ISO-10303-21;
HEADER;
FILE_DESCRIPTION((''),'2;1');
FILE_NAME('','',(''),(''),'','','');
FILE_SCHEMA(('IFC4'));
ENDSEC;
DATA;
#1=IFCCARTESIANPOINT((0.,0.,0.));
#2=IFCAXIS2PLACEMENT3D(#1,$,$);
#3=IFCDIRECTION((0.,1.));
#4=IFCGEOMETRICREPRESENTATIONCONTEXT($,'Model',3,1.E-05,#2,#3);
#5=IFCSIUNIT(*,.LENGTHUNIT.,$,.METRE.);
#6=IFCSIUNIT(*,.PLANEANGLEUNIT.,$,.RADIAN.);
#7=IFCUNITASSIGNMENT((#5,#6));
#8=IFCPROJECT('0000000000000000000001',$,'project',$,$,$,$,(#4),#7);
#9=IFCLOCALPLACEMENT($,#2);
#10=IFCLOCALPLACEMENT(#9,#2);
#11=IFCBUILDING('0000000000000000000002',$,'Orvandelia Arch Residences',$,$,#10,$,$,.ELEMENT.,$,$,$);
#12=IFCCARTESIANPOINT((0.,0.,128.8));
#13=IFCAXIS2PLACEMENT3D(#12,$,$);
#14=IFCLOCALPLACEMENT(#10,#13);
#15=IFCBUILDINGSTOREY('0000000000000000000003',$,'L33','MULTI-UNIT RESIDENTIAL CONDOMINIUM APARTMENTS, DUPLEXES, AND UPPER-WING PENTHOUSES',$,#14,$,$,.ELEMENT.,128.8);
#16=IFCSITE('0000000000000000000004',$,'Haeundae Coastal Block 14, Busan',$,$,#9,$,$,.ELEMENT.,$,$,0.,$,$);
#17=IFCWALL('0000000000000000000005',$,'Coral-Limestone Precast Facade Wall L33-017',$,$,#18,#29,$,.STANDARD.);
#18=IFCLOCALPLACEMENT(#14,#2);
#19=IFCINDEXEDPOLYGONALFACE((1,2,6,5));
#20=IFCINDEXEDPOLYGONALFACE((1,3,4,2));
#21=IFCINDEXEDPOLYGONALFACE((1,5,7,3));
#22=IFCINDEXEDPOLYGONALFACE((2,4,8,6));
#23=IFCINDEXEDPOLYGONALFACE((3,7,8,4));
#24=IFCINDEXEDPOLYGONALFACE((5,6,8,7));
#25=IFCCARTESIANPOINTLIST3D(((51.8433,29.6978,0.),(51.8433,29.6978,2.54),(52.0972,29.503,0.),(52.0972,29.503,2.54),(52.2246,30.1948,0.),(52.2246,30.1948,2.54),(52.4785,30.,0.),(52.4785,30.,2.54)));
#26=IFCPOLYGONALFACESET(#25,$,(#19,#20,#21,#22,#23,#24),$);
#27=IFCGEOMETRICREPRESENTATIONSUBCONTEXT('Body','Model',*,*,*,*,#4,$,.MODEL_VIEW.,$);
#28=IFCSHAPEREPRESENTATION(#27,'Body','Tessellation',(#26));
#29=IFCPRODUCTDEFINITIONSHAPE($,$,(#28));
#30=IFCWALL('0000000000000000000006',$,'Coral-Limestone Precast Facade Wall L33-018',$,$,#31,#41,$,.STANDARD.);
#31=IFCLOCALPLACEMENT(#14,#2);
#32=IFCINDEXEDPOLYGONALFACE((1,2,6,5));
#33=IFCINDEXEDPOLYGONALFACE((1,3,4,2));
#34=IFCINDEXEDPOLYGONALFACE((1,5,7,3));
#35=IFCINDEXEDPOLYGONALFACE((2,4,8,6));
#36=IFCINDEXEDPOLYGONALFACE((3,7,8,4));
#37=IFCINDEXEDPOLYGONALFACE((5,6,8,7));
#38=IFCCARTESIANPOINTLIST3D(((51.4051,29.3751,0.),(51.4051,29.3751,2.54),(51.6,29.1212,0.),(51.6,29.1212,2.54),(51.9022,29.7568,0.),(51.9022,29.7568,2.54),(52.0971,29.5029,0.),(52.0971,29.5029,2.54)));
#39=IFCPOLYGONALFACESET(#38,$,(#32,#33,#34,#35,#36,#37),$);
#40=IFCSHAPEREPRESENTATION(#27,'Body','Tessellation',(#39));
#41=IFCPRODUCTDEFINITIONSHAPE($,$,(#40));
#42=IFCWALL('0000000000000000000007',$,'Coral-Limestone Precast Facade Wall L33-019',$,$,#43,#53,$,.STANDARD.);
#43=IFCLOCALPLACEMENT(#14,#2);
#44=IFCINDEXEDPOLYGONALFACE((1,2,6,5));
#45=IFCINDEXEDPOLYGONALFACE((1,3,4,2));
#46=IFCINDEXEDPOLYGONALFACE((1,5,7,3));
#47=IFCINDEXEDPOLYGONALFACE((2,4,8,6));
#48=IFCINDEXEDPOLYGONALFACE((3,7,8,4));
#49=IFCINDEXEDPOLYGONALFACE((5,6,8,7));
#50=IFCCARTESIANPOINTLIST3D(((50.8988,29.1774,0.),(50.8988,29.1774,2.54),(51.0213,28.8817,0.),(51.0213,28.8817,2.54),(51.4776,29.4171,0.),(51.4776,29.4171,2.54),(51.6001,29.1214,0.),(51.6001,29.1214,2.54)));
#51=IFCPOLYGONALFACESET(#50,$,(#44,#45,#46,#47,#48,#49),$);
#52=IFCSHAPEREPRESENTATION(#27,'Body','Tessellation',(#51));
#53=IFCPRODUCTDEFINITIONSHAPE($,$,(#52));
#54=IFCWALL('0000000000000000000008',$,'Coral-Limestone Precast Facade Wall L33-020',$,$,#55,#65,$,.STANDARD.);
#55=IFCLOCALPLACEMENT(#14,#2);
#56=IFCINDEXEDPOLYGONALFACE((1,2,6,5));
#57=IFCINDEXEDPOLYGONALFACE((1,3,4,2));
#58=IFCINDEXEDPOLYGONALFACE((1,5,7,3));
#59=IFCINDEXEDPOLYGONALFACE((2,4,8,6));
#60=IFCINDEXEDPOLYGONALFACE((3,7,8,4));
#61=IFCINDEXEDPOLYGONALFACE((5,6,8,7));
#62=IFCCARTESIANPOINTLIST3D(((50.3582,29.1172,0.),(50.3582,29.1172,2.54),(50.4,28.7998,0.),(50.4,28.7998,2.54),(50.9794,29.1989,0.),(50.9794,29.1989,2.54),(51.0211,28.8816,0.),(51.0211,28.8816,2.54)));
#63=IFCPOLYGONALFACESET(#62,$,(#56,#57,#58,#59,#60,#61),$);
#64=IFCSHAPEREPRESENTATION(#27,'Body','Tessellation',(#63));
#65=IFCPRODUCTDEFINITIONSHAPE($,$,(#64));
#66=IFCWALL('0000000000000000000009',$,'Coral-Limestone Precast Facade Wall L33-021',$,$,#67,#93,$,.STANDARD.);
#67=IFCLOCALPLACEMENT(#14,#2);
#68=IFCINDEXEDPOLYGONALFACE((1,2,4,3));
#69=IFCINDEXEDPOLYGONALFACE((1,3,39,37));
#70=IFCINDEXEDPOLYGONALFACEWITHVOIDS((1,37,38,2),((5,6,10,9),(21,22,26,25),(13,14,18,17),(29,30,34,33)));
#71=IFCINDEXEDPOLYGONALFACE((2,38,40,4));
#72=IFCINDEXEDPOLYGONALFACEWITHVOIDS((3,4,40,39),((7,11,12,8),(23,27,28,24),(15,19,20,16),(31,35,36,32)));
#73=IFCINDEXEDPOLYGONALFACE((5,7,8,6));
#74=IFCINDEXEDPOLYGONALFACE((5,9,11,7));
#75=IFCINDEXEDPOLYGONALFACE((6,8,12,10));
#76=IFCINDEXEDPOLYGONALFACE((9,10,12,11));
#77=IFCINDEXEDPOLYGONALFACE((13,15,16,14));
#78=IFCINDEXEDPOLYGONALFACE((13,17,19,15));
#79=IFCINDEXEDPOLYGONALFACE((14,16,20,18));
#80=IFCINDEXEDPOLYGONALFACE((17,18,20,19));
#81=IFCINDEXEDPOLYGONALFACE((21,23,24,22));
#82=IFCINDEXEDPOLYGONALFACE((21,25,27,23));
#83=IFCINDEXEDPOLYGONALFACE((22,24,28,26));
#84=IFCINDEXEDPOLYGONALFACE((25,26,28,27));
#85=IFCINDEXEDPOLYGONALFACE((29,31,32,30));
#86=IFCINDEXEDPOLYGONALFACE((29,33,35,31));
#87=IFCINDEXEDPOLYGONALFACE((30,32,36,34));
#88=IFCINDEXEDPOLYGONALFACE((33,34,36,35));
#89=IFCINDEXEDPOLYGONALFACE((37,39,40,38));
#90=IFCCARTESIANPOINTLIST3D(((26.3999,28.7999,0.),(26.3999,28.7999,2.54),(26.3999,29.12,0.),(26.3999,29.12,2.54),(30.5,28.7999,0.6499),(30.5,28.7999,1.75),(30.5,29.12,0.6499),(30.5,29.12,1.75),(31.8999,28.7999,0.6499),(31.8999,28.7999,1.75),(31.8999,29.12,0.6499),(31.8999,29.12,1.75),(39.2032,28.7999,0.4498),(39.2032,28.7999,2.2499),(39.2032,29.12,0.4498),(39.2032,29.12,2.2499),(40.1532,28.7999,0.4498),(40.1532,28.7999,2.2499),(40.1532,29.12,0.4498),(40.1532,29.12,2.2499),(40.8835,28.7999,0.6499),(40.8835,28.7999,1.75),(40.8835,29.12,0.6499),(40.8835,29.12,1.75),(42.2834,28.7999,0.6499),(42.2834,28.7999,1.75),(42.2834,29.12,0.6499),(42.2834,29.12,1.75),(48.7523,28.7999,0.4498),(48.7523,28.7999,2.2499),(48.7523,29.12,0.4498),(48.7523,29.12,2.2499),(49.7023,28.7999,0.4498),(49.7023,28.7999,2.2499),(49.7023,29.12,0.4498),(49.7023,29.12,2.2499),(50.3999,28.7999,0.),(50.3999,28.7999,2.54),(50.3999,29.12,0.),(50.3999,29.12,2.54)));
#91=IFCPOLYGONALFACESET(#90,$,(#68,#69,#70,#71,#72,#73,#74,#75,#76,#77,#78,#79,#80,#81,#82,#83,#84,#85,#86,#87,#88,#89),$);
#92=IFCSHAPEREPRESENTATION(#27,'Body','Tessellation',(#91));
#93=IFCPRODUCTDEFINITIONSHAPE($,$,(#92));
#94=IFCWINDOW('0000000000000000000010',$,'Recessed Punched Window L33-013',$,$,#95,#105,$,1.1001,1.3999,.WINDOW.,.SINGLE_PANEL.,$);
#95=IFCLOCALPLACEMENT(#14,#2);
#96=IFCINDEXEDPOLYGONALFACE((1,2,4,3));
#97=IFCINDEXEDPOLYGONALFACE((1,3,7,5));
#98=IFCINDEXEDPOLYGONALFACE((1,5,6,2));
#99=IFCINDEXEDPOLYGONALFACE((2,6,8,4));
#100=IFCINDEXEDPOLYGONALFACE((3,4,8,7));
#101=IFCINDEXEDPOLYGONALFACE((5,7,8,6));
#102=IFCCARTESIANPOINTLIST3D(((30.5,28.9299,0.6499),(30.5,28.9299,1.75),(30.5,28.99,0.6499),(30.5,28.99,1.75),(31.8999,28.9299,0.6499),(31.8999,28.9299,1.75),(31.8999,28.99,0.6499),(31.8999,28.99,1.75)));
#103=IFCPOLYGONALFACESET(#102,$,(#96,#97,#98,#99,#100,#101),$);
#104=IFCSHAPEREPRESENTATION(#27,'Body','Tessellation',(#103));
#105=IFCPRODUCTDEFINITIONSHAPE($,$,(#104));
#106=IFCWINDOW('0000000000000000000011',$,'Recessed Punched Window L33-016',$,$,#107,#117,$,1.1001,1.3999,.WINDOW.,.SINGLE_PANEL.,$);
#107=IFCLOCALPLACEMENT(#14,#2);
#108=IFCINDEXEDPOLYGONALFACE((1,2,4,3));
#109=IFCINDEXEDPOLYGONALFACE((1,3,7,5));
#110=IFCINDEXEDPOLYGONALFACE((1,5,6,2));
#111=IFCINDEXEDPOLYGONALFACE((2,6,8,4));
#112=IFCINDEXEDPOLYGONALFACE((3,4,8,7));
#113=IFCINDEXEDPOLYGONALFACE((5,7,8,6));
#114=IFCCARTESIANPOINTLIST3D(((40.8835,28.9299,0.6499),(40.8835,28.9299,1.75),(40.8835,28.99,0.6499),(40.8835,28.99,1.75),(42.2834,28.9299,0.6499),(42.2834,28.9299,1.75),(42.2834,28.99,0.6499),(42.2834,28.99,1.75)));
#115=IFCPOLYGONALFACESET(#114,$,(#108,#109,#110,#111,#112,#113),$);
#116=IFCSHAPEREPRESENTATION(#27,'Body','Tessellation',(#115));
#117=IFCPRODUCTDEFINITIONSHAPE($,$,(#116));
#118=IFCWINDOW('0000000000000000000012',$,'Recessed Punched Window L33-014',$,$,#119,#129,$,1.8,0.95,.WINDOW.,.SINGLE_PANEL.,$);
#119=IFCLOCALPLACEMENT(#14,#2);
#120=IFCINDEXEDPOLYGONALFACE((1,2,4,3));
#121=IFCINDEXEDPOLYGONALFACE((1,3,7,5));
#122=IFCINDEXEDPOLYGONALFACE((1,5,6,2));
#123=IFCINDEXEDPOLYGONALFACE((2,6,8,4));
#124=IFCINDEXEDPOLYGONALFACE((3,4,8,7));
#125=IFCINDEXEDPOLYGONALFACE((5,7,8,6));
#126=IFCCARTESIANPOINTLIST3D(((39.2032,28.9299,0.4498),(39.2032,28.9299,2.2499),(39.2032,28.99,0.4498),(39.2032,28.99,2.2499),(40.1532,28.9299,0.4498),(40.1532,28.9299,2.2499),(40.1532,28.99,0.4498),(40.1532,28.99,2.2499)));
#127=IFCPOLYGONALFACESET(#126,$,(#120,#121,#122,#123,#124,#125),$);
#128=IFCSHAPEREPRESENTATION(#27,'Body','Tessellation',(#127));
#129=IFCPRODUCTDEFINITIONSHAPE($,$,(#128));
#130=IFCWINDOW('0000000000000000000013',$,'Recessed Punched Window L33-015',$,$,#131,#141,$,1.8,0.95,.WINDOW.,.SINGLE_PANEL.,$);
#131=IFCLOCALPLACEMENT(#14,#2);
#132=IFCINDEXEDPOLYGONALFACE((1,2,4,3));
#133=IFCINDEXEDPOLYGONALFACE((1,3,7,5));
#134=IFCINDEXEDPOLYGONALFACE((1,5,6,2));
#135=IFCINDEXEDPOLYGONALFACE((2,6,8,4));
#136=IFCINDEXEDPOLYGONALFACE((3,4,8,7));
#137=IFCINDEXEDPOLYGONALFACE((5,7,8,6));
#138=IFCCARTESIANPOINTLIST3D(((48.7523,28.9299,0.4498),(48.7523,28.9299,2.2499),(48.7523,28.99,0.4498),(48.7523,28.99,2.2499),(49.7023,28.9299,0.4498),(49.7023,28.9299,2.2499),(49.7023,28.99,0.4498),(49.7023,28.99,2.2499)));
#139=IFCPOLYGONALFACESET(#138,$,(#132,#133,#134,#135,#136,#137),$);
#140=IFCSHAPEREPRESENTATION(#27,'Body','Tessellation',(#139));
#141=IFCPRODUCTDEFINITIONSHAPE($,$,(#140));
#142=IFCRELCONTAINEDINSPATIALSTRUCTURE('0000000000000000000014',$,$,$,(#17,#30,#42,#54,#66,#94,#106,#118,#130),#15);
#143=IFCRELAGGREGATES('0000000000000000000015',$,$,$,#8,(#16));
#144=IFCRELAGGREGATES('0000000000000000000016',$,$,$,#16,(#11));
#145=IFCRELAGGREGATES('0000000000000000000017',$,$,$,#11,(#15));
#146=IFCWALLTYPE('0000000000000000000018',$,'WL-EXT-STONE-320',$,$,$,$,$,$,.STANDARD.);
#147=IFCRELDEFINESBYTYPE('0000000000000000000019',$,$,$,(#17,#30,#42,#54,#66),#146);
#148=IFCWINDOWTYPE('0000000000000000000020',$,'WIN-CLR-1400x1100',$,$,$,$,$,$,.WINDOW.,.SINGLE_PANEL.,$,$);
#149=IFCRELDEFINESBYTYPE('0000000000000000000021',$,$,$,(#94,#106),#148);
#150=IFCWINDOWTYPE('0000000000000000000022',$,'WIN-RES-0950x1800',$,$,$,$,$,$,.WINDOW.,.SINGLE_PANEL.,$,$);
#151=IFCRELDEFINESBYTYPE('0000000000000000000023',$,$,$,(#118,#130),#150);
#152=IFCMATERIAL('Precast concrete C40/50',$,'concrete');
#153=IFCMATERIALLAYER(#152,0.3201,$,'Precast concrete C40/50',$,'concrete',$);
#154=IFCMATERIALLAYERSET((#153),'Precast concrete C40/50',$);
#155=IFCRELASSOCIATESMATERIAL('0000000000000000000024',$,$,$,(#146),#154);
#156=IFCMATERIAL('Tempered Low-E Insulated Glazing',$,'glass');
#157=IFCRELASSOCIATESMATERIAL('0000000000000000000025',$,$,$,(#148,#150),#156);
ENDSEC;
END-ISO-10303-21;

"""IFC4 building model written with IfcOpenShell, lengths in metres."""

from ifc_helpers import new_model, si_unit, direction, frame, frame_2d, origin, place, context, subcontext, project, spatial, rectangle, extrude, material, layer, layer_set, type_object, element, fill, save


model = new_model("IFC4")

# Units and contexts
model_context = context("Model", 3, precision=1e-05, world=origin(), true_north=direction((0.0, 1.0)))
body_context = subcontext(model_context, "Body", "Model", "MODEL_VIEW")
ifc_project = project(units=[si_unit("LENGTHUNIT", "METRE"), si_unit("PLANEANGLEUNIT", "RADIAN")], contexts=[model_context])

# Site, building, storey
site_placement = place(None, origin())
site = spatial("IfcSite", under=ifc_project, at=site_placement, Name="Haeundae Coastal Block 14, Busan", CompositionType="ELEMENT", RefElevation=0.0)
building_placement = place(site_placement, origin())
building = spatial("IfcBuilding", under=site, at=building_placement, Name="Orvandelia Arch Residences", CompositionType="ELEMENT")
storey_placement = place(building_placement, frame((0.0, 0.0, 128.8)))
storey = spatial("IfcBuildingStorey", under=building, at=storey_placement, Name="L33", Description="MULTI-UNIT RESIDENTIAL CONDOMINIUM APARTMENTS, DUPLEXES, AND UPPER-WING PENTHOUSES", CompositionType="ELEMENT", Elevation=128.8)

# Walls
ifc_material_1 = material(Name="Precast concrete C40/50", Category="concrete")
ifc_layer_1 = layer(ifc_material_1, 0.3201, Name="Precast concrete C40/50", Category="concrete")
ifc_layer_set_1 = layer_set([ifc_layer_1], Name="Precast concrete C40/50")
wall_type_1 = type_object("IfcWallType", Name="WL-EXT-STONE-320", PredefinedType="STANDARD", material=ifc_layer_set_1)
wall_1_placement = place(storey_placement, frame((52.3516, 30.0974, 0.0), z_axis=(0.0, 0.0, 1.0), x_axis=(-0.608693, -0.793406, 0.0)))
element("IfcWall", 1, at=wall_1_placement, inside=storey, type_object=wall_type_1, Name="Coral-Limestone Precast Facade Wall L33-017", PredefinedType="STANDARD", context=body_context, shape_type="SweptSolid", body=[
    extrude(rectangle(XDim=0.6265, YDim=0.3201, at=frame_2d((0.3132, 0.0))), origin(), (0.0, 0.0, 1.0), 2.54),
])
wall_2_placement = place(storey_placement, frame((51.9998, 29.6299, 0.0), z_axis=(0.0, 0.0, 1.0), x_axis=(-0.793217, -0.608939, 0.0)))
element("IfcWall", 2, at=wall_2_placement, inside=storey, type_object=wall_type_1, Name="Coral-Limestone Precast Facade Wall L33-018", PredefinedType="STANDARD", context=body_context, shape_type="SweptSolid", body=[
    extrude(rectangle(XDim=0.6267, YDim=0.3201, at=frame_2d((0.3135, 0.0))), origin(), (0.0, 0.0, 1.0), 2.54),
])
for number, where, z_axis, x_axis, name in (
    (3, (51.5388, 29.2693, 0.0), (0.0, 0.0, 1.0), (-0.923893, -0.38265, 0.0), "Coral-Limestone Precast Facade Wall L33-019"),
    (4, (51.0002, 29.0403, 0.0), (0.0, 0.0, 1.0), (-0.991441, -0.130555, 0.0), "Coral-Limestone Precast Facade Wall L33-020"),
):
    element("IfcWall", number, at=place(storey_placement, frame(where, z_axis=z_axis, x_axis=x_axis)), inside=storey, type_object=wall_type_1, Name=name, PredefinedType="STANDARD", context=body_context, shape_type="SweptSolid", body=[
        extrude(rectangle(XDim=0.6265, YDim=0.3201, at=frame_2d((0.3132, 0.0))), origin(), (0.0, 0.0, 1.0), 2.54),
    ])

# Wall, openings, windows
wall_3_placement = place(storey_placement, frame((50.3999, 28.96, 0.0), z_axis=(0.0, 0.0, 1.0), x_axis=(-1.0, 0.0, 0.0)))
wall_3 = element("IfcWall", 5, at=wall_3_placement, inside=storey, type_object=wall_type_1, Name="Coral-Limestone Precast Facade Wall L33-021", PredefinedType="STANDARD", context=body_context, shape_type="SweptSolid", body=[
    extrude(rectangle(XDim=24.0, YDim=0.3201, at=frame_2d((12.0, 0.0))), origin(), (0.0, 0.0, 1.0), 2.54),
])
opening_1_placement = place(wall_3_placement, frame((18.5, 0.0, 0.6499)))
opening_1 = element("IfcOpeningElement", 6, at=opening_1_placement, cuts=wall_3, PredefinedType="OPENING", context=body_context, shape_type="SweptSolid", body=[
    extrude(rectangle(XDim=1.3999, YDim=1.1001, at=frame_2d((0.7, 0.55))), frame((0.0, 0.1699, 0.0), z_axis=(0.0, -1.0, 0.0), x_axis=(1.0, 0.0, 0.0)), (0.0, 0.0, 1.0), 0.3401),
])
opening_2_placement = place(wall_3_placement, frame((10.2466, 0.0, 0.45)))
opening_2 = element("IfcOpeningElement", 7, at=opening_2_placement, cuts=wall_3, PredefinedType="OPENING", context=body_context, shape_type="SweptSolid", body=[
    extrude(rectangle(XDim=0.95, YDim=1.8, at=frame_2d((0.4751, 0.8999))), frame((0.0, 0.1699, 0.0), z_axis=(0.0, -1.0, 0.0), x_axis=(1.0, 0.0, 0.0)), (0.0, 0.0, 1.0), 0.3401),
])
opening_3_placement = place(wall_3_placement, frame((0.6975, 0.0, 0.45)))
opening_3 = element("IfcOpeningElement", 8, at=opening_3_placement, cuts=wall_3, PredefinedType="OPENING", context=body_context, shape_type="SweptSolid", body=[
    extrude(rectangle(XDim=0.95, YDim=1.8, at=frame_2d((0.4751, 0.8999))), frame((0.0, 0.1699, 0.0), z_axis=(0.0, -1.0, 0.0), x_axis=(1.0, 0.0, 0.0)), (0.0, 0.0, 1.0), 0.3401),
])
opening_4_placement = place(wall_3_placement, frame((8.1165, 0.0, 0.6499)))
opening_4 = element("IfcOpeningElement", 9, at=opening_4_placement, cuts=wall_3, PredefinedType="OPENING", context=body_context, shape_type="SweptSolid", body=[
    extrude(rectangle(XDim=1.3999, YDim=1.1001, at=frame_2d((0.7, 0.55))), frame((0.0, 0.1699, 0.0), z_axis=(0.0, -1.0, 0.0), x_axis=(1.0, 0.0, 0.0)), (0.0, 0.0, 1.0), 0.3401),
])
ifc_material_2 = material(Name="Tempered Low-E Insulated Glazing", Category="glass")
window_type_1 = type_object("IfcWindowType", Name="WIN-CLR-1400x1100", PartitioningType="SINGLE_PANEL", PredefinedType="WINDOW", material=ifc_material_2)
window_1_placement = place(opening_1_placement, origin())
window_1 = element("IfcWindow", 10, at=window_1_placement, inside=storey, type_object=window_type_1, Name="Recessed Punched Window L33-013", OverallHeight=1.1001, OverallWidth=1.3999, PartitioningType="SINGLE_PANEL", PredefinedType="WINDOW", context=body_context, shape_type="SweptSolid", body=[
    extrude(rectangle(XDim=1.3999, YDim=1.1001, at=frame_2d((0.7, 0.55))), frame((0.0, 0.03, 0.0), z_axis=(0.0, -1.0, 0.0), x_axis=(1.0, 0.0, 0.0)), (0.0, 0.0, 1.0), 0.0601),
])
fill(opening_1, window_1)
window_2_placement = place(opening_4_placement, origin())
window_2 = element("IfcWindow", 11, at=window_2_placement, inside=storey, type_object=window_type_1, Name="Recessed Punched Window L33-016", OverallHeight=1.1001, OverallWidth=1.3999, PartitioningType="SINGLE_PANEL", PredefinedType="WINDOW", context=body_context, shape_type="SweptSolid", body=[
    extrude(rectangle(XDim=1.3999, YDim=1.1001, at=frame_2d((0.7, 0.55))), frame((0.0, 0.03, 0.0), z_axis=(0.0, -1.0, 0.0), x_axis=(1.0, 0.0, 0.0)), (0.0, 0.0, 1.0), 0.0601),
])
fill(opening_4, window_2)
window_type_2 = type_object("IfcWindowType", Name="WIN-RES-0950x1800", PartitioningType="SINGLE_PANEL", PredefinedType="WINDOW", material=ifc_material_2)
window_3_placement = place(opening_2_placement, origin())
window_3 = element("IfcWindow", 12, at=window_3_placement, inside=storey, type_object=window_type_2, Name="Recessed Punched Window L33-014", OverallHeight=1.8, OverallWidth=0.95, PartitioningType="SINGLE_PANEL", PredefinedType="WINDOW", context=body_context, shape_type="SweptSolid", body=[
    extrude(rectangle(XDim=0.95, YDim=1.8, at=frame_2d((0.4751, 0.8999))), frame((0.0, 0.03, 0.0), z_axis=(0.0, -1.0, 0.0), x_axis=(1.0, 0.0, 0.0)), (0.0, 0.0, 1.0), 0.0601),
])
fill(opening_2, window_3)
window_4_placement = place(opening_3_placement, origin())
window_4 = element("IfcWindow", 13, at=window_4_placement, inside=storey, type_object=window_type_2, Name="Recessed Punched Window L33-015", OverallHeight=1.8, OverallWidth=0.95, PartitioningType="SINGLE_PANEL", PredefinedType="WINDOW", context=body_context, shape_type="SweptSolid", body=[
    extrude(rectangle(XDim=0.95, YDim=1.8, at=frame_2d((0.4751, 0.8999))), frame((0.0, 0.03, 0.0), z_axis=(0.0, -1.0, 0.0), x_axis=(1.0, 0.0, 0.0)), (0.0, 0.0, 1.0), 0.0601),
])
fill(opening_3, window_4)

save(model, "model.ifc")
